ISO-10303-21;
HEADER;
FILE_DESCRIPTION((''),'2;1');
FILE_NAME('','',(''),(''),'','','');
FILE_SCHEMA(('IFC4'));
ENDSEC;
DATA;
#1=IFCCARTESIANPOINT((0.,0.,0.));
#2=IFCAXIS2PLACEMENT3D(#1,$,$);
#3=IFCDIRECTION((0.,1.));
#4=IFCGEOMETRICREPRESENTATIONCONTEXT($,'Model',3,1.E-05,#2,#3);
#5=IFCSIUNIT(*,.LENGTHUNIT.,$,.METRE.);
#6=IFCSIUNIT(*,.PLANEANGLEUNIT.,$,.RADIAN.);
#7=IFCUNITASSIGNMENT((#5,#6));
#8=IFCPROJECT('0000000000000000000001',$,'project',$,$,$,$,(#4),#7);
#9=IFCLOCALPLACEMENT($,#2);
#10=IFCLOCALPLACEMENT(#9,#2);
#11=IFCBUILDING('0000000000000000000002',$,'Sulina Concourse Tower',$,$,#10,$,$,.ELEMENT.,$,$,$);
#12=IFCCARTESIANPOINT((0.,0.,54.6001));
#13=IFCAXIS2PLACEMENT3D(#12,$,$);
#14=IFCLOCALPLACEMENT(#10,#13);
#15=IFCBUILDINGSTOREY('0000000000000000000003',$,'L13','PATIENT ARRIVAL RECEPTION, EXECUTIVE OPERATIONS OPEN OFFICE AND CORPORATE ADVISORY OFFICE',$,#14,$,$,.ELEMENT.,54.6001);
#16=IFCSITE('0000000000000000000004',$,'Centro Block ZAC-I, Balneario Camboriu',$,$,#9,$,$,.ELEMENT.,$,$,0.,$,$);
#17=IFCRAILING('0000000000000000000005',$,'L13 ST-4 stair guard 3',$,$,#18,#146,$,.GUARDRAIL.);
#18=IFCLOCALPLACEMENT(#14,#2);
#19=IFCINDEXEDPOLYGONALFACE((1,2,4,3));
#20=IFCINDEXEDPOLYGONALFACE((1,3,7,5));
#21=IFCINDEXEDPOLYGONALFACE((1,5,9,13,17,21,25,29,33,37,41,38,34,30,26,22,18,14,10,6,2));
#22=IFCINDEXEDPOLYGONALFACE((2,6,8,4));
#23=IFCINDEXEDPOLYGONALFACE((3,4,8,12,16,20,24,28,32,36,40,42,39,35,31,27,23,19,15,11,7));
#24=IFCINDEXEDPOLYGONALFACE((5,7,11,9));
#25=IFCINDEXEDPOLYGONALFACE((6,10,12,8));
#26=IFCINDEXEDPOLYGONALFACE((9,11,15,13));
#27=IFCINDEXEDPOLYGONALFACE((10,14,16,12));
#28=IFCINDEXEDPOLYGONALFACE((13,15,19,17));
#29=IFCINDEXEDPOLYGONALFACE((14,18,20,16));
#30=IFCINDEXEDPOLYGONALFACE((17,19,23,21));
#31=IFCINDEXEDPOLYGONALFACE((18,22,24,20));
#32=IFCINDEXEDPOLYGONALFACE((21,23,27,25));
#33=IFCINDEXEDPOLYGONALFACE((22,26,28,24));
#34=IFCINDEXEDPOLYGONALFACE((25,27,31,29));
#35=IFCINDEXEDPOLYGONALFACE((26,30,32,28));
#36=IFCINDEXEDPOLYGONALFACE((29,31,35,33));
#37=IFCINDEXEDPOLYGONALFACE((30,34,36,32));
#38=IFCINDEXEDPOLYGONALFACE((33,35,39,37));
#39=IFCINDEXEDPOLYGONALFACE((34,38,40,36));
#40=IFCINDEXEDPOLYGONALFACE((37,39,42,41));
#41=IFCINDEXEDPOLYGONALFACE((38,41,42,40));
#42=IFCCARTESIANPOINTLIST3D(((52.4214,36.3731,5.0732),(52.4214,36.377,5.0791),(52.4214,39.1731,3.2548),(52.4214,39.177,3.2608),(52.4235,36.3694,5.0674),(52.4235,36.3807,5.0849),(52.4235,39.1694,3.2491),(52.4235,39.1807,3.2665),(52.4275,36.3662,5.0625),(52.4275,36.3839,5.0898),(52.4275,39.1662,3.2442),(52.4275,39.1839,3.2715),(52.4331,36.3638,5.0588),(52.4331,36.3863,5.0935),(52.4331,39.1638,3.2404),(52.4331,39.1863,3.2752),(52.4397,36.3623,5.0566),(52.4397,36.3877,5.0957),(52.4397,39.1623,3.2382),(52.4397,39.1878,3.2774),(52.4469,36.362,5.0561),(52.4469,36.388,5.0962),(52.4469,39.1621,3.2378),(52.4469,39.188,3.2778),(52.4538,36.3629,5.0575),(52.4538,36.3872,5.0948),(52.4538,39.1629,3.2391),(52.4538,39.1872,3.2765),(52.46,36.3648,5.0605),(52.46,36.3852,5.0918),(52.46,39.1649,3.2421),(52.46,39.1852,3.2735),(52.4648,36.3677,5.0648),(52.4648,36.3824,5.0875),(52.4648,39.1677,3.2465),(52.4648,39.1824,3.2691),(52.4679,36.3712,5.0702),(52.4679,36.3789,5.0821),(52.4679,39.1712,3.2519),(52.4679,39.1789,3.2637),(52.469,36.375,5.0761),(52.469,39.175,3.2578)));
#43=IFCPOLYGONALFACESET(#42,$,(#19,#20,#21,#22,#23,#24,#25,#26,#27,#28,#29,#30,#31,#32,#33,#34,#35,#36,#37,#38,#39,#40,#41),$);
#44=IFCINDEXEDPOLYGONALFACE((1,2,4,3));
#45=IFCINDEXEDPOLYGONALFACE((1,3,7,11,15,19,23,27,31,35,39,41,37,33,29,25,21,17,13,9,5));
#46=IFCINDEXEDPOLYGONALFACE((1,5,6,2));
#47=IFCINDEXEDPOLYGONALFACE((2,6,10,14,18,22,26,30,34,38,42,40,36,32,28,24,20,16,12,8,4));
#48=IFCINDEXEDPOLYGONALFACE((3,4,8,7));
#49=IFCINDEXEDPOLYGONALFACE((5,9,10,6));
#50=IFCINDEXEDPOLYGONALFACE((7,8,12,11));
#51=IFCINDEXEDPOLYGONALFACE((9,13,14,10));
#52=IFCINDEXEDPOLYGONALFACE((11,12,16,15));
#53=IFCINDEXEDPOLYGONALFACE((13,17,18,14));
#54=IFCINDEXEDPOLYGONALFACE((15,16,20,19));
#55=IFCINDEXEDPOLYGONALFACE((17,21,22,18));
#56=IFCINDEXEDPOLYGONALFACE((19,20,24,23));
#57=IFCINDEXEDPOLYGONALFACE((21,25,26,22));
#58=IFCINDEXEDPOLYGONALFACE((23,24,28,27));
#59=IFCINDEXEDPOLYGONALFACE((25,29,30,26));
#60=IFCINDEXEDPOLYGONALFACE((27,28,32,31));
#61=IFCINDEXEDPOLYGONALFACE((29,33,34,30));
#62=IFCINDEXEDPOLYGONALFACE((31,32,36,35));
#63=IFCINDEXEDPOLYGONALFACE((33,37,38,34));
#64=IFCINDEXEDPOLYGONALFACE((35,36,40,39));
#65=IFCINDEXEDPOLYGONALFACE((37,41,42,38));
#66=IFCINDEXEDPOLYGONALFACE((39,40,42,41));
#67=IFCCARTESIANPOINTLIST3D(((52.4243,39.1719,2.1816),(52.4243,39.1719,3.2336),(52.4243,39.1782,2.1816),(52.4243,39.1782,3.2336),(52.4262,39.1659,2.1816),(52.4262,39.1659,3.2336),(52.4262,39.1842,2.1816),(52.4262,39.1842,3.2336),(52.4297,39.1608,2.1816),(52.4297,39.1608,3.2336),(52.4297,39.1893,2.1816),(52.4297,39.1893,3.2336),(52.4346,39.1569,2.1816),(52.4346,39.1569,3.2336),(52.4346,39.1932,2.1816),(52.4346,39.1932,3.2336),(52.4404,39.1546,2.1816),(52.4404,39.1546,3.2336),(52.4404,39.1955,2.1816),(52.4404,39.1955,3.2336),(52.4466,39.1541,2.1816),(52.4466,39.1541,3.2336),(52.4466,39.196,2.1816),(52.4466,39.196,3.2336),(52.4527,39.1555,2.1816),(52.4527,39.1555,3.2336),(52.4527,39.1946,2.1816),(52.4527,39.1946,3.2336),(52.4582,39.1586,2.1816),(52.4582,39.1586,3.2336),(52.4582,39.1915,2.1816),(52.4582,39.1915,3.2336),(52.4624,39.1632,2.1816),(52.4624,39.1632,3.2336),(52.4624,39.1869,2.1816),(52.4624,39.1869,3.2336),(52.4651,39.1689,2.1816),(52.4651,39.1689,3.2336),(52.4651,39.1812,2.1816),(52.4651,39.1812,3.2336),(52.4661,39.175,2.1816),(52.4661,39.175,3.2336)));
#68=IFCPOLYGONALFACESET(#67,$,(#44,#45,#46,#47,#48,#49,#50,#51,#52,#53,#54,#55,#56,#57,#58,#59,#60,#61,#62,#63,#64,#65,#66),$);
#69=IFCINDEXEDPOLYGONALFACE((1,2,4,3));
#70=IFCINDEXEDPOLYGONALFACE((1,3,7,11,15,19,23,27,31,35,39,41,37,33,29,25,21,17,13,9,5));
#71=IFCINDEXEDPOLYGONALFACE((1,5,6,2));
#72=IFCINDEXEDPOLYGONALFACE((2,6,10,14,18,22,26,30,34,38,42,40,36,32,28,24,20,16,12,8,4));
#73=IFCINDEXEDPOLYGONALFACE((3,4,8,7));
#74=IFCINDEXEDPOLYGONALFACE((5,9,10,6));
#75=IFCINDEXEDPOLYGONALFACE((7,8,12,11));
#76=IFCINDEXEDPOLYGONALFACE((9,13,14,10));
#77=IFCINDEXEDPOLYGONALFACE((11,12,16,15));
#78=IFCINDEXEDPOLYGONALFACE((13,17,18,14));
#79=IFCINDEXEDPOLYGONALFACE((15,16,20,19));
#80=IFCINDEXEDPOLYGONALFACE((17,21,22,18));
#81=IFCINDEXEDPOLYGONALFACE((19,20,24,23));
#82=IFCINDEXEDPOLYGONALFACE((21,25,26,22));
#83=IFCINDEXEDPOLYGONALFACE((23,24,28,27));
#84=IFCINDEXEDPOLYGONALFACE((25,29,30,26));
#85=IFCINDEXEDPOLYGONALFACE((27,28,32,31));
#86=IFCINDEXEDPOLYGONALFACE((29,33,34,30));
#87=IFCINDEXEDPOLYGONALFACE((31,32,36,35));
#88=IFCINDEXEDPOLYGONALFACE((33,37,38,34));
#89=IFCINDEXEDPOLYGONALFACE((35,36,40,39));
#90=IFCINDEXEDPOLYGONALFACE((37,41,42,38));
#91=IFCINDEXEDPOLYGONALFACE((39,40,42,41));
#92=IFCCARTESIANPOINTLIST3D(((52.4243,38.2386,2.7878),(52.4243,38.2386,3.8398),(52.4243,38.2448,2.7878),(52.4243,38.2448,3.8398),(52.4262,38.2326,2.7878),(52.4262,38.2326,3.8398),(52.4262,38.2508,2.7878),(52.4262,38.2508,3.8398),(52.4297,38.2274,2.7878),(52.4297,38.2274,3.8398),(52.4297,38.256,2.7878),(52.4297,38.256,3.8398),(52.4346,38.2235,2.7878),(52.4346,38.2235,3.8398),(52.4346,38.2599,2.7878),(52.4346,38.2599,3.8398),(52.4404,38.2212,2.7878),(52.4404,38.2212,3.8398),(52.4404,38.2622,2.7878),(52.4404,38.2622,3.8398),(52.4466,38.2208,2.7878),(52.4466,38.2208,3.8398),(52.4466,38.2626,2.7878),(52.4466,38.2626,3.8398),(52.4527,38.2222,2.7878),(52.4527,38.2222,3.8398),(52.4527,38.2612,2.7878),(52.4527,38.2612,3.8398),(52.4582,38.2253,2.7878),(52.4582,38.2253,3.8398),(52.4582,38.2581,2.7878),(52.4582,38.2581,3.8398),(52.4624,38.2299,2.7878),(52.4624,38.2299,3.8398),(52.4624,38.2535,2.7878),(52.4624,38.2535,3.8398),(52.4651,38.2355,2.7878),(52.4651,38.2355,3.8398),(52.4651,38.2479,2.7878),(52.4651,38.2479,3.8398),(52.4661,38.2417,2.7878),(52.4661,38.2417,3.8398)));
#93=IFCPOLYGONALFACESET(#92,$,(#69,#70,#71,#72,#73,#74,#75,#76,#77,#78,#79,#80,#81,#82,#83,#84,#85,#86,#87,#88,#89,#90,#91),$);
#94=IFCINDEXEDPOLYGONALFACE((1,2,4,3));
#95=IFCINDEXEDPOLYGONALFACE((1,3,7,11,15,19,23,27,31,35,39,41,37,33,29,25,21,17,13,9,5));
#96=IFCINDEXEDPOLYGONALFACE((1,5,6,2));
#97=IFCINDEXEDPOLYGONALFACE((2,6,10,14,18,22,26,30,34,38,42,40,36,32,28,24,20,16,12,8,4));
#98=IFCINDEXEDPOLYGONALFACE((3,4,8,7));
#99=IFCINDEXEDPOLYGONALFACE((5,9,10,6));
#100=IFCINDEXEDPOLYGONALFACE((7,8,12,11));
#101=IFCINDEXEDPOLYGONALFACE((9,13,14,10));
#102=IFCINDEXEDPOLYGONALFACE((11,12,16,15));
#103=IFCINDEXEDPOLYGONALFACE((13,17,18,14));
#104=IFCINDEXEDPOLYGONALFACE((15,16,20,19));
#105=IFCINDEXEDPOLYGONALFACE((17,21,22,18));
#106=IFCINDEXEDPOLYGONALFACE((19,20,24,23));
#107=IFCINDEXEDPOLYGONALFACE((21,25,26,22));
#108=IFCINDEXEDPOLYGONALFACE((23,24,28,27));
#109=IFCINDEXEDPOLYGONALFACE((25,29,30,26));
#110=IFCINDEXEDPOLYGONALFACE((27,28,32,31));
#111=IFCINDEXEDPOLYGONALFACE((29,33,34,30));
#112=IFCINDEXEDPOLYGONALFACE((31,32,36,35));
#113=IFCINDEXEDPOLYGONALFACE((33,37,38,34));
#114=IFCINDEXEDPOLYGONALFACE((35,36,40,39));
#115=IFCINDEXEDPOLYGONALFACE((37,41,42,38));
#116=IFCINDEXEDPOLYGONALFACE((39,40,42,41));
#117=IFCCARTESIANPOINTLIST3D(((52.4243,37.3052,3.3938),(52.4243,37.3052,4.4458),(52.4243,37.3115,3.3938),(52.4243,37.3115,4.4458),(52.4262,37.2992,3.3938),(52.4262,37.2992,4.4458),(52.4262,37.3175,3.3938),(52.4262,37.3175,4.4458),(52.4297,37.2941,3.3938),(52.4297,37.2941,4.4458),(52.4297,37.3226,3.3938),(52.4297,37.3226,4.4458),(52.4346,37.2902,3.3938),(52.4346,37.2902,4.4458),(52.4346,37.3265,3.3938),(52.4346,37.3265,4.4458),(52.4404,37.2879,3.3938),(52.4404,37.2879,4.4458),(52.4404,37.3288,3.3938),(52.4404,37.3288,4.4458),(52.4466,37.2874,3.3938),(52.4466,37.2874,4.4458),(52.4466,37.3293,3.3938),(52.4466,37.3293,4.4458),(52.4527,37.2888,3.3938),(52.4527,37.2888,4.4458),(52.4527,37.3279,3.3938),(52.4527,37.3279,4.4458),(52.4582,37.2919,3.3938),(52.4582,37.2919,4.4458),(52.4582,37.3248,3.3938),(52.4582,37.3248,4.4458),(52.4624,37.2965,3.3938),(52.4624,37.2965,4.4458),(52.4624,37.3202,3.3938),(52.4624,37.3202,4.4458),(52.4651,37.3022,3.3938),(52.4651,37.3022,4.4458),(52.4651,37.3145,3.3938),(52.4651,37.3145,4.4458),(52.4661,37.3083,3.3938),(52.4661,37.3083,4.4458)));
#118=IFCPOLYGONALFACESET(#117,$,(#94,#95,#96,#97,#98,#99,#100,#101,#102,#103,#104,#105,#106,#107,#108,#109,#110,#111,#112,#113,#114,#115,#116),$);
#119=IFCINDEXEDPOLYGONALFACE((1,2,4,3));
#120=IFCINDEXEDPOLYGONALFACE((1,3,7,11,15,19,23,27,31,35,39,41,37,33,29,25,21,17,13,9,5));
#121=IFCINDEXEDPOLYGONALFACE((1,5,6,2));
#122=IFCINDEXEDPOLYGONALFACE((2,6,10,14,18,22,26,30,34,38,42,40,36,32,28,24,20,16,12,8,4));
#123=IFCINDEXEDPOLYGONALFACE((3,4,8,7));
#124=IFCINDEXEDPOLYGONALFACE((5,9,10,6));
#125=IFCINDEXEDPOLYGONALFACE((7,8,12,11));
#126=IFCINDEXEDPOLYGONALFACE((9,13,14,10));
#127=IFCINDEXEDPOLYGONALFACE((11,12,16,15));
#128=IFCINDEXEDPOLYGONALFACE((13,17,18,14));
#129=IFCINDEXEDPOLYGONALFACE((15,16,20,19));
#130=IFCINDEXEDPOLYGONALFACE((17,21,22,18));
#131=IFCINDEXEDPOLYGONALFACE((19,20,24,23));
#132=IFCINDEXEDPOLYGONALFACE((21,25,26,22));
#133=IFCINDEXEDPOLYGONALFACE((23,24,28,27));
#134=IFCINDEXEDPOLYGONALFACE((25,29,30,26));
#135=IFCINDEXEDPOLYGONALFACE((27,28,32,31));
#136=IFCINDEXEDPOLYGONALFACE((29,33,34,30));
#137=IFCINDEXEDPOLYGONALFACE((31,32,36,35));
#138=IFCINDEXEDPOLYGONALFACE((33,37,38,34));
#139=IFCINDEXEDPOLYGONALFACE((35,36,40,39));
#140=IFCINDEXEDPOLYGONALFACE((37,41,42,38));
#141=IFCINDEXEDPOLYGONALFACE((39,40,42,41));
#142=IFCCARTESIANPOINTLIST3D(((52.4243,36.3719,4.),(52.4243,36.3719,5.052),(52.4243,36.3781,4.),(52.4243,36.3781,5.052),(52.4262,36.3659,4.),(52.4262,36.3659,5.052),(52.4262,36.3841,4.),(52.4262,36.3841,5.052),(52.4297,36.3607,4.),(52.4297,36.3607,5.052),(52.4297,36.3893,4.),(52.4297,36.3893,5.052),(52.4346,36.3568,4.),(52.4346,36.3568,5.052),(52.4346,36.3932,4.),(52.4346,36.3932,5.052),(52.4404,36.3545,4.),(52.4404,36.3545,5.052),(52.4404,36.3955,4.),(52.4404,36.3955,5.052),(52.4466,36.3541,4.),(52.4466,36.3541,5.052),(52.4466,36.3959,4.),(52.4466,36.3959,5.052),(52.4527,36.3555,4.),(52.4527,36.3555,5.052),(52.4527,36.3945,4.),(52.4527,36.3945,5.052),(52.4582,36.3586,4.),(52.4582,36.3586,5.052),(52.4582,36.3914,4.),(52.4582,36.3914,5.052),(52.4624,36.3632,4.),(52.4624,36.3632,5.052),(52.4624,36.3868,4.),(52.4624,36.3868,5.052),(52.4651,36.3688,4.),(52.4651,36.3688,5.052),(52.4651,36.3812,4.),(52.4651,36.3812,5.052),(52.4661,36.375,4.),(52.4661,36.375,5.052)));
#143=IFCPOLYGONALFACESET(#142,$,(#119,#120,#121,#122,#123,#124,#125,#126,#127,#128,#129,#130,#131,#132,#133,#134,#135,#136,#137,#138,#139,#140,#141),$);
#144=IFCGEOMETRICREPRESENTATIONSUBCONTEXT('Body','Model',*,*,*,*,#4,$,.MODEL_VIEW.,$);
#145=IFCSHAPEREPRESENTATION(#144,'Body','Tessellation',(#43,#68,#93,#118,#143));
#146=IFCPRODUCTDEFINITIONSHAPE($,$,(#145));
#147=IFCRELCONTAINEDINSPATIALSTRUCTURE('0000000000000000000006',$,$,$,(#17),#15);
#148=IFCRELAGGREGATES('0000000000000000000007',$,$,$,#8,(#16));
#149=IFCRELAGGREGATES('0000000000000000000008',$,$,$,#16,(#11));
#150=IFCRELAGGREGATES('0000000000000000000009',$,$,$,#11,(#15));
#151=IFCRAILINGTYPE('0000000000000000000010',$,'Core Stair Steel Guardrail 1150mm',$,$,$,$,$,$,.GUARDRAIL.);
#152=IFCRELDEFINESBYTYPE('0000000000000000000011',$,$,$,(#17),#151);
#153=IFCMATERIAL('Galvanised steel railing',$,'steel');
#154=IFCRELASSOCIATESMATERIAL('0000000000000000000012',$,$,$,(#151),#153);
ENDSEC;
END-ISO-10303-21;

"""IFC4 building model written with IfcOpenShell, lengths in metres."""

from ifc_helpers import new_model, si_unit, direction, frame, origin, origin_2d, place, context, subcontext, project, spatial, circle, extrude, material, type_object, element, save


model = new_model("IFC4")

# Units and contexts
model_context = context("Model", 3, precision=1e-05, world=origin(), true_north=direction((0.0, 1.0)))
body_context = subcontext(model_context, "Body", "Model", "MODEL_VIEW")
ifc_project = project(units=[si_unit("LENGTHUNIT", "METRE"), si_unit("PLANEANGLEUNIT", "RADIAN")], contexts=[model_context])

# Site, building, storey
site_placement = place(None, origin())
site = spatial("IfcSite", under=ifc_project, at=site_placement, Name="Centro Block ZAC-I, Balneario Camboriu", CompositionType="ELEMENT", RefElevation=0.0)
building_placement = place(site_placement, origin())
building = spatial("IfcBuilding", under=site, at=building_placement, Name="Sulina Concourse Tower", CompositionType="ELEMENT")
storey_placement = place(building_placement, frame((0.0, 0.0, 54.6001)))
storey = spatial("IfcBuildingStorey", under=building, at=storey_placement, Name="L13", Description="PATIENT ARRIVAL RECEPTION, EXECUTIVE OPERATIONS OPEN OFFICE AND CORPORATE ADVISORY OFFICE", CompositionType="ELEMENT", Elevation=54.6001)

# Railing
ifc_material_1 = material(Name="Galvanised steel railing", Category="steel")
railing_type_1 = type_object("IfcRailingType", Name="Core Stair Steel Guardrail 1150mm", PredefinedType="GUARDRAIL", material=ifc_material_1)
railing_1_placement = place(storey_placement, frame((52.4451, 39.175, 2.1816)))
element("IfcRailing", 1, at=railing_1_placement, inside=storey, type_object=railing_type_1, Name="L13 ST-4 stair guard 3", PredefinedType="GUARDRAIL", context=body_context, shape_type="SweptSolid", body=[
    extrude(circle(Radius=0.0239, at=origin_2d()), frame((0.0, 0.0, 1.0762), z_axis=(0.0, -0.838672, 0.544636), x_axis=(1.0, 0.0, 0.0)), (0.0, 0.0, 1.0), 3.3386),
    extrude(circle(Radius=0.021, at=origin_2d()), origin(), (0.0, 0.0, 1.0), 1.052),
    extrude(circle(Radius=0.021, at=origin_2d()), frame((0.0, -0.9333, 0.6062)), (0.0, 0.0, 1.0), 1.052),
    extrude(circle(Radius=0.021, at=origin_2d()), frame((0.0, -1.8667, 1.2122)), (0.0, 0.0, 1.0), 1.052),
    extrude(circle(Radius=0.021, at=origin_2d()), frame((0.0, -2.8, 1.8184)), (0.0, 0.0, 1.0), 1.052),
])

save(model, "model.ifc")
